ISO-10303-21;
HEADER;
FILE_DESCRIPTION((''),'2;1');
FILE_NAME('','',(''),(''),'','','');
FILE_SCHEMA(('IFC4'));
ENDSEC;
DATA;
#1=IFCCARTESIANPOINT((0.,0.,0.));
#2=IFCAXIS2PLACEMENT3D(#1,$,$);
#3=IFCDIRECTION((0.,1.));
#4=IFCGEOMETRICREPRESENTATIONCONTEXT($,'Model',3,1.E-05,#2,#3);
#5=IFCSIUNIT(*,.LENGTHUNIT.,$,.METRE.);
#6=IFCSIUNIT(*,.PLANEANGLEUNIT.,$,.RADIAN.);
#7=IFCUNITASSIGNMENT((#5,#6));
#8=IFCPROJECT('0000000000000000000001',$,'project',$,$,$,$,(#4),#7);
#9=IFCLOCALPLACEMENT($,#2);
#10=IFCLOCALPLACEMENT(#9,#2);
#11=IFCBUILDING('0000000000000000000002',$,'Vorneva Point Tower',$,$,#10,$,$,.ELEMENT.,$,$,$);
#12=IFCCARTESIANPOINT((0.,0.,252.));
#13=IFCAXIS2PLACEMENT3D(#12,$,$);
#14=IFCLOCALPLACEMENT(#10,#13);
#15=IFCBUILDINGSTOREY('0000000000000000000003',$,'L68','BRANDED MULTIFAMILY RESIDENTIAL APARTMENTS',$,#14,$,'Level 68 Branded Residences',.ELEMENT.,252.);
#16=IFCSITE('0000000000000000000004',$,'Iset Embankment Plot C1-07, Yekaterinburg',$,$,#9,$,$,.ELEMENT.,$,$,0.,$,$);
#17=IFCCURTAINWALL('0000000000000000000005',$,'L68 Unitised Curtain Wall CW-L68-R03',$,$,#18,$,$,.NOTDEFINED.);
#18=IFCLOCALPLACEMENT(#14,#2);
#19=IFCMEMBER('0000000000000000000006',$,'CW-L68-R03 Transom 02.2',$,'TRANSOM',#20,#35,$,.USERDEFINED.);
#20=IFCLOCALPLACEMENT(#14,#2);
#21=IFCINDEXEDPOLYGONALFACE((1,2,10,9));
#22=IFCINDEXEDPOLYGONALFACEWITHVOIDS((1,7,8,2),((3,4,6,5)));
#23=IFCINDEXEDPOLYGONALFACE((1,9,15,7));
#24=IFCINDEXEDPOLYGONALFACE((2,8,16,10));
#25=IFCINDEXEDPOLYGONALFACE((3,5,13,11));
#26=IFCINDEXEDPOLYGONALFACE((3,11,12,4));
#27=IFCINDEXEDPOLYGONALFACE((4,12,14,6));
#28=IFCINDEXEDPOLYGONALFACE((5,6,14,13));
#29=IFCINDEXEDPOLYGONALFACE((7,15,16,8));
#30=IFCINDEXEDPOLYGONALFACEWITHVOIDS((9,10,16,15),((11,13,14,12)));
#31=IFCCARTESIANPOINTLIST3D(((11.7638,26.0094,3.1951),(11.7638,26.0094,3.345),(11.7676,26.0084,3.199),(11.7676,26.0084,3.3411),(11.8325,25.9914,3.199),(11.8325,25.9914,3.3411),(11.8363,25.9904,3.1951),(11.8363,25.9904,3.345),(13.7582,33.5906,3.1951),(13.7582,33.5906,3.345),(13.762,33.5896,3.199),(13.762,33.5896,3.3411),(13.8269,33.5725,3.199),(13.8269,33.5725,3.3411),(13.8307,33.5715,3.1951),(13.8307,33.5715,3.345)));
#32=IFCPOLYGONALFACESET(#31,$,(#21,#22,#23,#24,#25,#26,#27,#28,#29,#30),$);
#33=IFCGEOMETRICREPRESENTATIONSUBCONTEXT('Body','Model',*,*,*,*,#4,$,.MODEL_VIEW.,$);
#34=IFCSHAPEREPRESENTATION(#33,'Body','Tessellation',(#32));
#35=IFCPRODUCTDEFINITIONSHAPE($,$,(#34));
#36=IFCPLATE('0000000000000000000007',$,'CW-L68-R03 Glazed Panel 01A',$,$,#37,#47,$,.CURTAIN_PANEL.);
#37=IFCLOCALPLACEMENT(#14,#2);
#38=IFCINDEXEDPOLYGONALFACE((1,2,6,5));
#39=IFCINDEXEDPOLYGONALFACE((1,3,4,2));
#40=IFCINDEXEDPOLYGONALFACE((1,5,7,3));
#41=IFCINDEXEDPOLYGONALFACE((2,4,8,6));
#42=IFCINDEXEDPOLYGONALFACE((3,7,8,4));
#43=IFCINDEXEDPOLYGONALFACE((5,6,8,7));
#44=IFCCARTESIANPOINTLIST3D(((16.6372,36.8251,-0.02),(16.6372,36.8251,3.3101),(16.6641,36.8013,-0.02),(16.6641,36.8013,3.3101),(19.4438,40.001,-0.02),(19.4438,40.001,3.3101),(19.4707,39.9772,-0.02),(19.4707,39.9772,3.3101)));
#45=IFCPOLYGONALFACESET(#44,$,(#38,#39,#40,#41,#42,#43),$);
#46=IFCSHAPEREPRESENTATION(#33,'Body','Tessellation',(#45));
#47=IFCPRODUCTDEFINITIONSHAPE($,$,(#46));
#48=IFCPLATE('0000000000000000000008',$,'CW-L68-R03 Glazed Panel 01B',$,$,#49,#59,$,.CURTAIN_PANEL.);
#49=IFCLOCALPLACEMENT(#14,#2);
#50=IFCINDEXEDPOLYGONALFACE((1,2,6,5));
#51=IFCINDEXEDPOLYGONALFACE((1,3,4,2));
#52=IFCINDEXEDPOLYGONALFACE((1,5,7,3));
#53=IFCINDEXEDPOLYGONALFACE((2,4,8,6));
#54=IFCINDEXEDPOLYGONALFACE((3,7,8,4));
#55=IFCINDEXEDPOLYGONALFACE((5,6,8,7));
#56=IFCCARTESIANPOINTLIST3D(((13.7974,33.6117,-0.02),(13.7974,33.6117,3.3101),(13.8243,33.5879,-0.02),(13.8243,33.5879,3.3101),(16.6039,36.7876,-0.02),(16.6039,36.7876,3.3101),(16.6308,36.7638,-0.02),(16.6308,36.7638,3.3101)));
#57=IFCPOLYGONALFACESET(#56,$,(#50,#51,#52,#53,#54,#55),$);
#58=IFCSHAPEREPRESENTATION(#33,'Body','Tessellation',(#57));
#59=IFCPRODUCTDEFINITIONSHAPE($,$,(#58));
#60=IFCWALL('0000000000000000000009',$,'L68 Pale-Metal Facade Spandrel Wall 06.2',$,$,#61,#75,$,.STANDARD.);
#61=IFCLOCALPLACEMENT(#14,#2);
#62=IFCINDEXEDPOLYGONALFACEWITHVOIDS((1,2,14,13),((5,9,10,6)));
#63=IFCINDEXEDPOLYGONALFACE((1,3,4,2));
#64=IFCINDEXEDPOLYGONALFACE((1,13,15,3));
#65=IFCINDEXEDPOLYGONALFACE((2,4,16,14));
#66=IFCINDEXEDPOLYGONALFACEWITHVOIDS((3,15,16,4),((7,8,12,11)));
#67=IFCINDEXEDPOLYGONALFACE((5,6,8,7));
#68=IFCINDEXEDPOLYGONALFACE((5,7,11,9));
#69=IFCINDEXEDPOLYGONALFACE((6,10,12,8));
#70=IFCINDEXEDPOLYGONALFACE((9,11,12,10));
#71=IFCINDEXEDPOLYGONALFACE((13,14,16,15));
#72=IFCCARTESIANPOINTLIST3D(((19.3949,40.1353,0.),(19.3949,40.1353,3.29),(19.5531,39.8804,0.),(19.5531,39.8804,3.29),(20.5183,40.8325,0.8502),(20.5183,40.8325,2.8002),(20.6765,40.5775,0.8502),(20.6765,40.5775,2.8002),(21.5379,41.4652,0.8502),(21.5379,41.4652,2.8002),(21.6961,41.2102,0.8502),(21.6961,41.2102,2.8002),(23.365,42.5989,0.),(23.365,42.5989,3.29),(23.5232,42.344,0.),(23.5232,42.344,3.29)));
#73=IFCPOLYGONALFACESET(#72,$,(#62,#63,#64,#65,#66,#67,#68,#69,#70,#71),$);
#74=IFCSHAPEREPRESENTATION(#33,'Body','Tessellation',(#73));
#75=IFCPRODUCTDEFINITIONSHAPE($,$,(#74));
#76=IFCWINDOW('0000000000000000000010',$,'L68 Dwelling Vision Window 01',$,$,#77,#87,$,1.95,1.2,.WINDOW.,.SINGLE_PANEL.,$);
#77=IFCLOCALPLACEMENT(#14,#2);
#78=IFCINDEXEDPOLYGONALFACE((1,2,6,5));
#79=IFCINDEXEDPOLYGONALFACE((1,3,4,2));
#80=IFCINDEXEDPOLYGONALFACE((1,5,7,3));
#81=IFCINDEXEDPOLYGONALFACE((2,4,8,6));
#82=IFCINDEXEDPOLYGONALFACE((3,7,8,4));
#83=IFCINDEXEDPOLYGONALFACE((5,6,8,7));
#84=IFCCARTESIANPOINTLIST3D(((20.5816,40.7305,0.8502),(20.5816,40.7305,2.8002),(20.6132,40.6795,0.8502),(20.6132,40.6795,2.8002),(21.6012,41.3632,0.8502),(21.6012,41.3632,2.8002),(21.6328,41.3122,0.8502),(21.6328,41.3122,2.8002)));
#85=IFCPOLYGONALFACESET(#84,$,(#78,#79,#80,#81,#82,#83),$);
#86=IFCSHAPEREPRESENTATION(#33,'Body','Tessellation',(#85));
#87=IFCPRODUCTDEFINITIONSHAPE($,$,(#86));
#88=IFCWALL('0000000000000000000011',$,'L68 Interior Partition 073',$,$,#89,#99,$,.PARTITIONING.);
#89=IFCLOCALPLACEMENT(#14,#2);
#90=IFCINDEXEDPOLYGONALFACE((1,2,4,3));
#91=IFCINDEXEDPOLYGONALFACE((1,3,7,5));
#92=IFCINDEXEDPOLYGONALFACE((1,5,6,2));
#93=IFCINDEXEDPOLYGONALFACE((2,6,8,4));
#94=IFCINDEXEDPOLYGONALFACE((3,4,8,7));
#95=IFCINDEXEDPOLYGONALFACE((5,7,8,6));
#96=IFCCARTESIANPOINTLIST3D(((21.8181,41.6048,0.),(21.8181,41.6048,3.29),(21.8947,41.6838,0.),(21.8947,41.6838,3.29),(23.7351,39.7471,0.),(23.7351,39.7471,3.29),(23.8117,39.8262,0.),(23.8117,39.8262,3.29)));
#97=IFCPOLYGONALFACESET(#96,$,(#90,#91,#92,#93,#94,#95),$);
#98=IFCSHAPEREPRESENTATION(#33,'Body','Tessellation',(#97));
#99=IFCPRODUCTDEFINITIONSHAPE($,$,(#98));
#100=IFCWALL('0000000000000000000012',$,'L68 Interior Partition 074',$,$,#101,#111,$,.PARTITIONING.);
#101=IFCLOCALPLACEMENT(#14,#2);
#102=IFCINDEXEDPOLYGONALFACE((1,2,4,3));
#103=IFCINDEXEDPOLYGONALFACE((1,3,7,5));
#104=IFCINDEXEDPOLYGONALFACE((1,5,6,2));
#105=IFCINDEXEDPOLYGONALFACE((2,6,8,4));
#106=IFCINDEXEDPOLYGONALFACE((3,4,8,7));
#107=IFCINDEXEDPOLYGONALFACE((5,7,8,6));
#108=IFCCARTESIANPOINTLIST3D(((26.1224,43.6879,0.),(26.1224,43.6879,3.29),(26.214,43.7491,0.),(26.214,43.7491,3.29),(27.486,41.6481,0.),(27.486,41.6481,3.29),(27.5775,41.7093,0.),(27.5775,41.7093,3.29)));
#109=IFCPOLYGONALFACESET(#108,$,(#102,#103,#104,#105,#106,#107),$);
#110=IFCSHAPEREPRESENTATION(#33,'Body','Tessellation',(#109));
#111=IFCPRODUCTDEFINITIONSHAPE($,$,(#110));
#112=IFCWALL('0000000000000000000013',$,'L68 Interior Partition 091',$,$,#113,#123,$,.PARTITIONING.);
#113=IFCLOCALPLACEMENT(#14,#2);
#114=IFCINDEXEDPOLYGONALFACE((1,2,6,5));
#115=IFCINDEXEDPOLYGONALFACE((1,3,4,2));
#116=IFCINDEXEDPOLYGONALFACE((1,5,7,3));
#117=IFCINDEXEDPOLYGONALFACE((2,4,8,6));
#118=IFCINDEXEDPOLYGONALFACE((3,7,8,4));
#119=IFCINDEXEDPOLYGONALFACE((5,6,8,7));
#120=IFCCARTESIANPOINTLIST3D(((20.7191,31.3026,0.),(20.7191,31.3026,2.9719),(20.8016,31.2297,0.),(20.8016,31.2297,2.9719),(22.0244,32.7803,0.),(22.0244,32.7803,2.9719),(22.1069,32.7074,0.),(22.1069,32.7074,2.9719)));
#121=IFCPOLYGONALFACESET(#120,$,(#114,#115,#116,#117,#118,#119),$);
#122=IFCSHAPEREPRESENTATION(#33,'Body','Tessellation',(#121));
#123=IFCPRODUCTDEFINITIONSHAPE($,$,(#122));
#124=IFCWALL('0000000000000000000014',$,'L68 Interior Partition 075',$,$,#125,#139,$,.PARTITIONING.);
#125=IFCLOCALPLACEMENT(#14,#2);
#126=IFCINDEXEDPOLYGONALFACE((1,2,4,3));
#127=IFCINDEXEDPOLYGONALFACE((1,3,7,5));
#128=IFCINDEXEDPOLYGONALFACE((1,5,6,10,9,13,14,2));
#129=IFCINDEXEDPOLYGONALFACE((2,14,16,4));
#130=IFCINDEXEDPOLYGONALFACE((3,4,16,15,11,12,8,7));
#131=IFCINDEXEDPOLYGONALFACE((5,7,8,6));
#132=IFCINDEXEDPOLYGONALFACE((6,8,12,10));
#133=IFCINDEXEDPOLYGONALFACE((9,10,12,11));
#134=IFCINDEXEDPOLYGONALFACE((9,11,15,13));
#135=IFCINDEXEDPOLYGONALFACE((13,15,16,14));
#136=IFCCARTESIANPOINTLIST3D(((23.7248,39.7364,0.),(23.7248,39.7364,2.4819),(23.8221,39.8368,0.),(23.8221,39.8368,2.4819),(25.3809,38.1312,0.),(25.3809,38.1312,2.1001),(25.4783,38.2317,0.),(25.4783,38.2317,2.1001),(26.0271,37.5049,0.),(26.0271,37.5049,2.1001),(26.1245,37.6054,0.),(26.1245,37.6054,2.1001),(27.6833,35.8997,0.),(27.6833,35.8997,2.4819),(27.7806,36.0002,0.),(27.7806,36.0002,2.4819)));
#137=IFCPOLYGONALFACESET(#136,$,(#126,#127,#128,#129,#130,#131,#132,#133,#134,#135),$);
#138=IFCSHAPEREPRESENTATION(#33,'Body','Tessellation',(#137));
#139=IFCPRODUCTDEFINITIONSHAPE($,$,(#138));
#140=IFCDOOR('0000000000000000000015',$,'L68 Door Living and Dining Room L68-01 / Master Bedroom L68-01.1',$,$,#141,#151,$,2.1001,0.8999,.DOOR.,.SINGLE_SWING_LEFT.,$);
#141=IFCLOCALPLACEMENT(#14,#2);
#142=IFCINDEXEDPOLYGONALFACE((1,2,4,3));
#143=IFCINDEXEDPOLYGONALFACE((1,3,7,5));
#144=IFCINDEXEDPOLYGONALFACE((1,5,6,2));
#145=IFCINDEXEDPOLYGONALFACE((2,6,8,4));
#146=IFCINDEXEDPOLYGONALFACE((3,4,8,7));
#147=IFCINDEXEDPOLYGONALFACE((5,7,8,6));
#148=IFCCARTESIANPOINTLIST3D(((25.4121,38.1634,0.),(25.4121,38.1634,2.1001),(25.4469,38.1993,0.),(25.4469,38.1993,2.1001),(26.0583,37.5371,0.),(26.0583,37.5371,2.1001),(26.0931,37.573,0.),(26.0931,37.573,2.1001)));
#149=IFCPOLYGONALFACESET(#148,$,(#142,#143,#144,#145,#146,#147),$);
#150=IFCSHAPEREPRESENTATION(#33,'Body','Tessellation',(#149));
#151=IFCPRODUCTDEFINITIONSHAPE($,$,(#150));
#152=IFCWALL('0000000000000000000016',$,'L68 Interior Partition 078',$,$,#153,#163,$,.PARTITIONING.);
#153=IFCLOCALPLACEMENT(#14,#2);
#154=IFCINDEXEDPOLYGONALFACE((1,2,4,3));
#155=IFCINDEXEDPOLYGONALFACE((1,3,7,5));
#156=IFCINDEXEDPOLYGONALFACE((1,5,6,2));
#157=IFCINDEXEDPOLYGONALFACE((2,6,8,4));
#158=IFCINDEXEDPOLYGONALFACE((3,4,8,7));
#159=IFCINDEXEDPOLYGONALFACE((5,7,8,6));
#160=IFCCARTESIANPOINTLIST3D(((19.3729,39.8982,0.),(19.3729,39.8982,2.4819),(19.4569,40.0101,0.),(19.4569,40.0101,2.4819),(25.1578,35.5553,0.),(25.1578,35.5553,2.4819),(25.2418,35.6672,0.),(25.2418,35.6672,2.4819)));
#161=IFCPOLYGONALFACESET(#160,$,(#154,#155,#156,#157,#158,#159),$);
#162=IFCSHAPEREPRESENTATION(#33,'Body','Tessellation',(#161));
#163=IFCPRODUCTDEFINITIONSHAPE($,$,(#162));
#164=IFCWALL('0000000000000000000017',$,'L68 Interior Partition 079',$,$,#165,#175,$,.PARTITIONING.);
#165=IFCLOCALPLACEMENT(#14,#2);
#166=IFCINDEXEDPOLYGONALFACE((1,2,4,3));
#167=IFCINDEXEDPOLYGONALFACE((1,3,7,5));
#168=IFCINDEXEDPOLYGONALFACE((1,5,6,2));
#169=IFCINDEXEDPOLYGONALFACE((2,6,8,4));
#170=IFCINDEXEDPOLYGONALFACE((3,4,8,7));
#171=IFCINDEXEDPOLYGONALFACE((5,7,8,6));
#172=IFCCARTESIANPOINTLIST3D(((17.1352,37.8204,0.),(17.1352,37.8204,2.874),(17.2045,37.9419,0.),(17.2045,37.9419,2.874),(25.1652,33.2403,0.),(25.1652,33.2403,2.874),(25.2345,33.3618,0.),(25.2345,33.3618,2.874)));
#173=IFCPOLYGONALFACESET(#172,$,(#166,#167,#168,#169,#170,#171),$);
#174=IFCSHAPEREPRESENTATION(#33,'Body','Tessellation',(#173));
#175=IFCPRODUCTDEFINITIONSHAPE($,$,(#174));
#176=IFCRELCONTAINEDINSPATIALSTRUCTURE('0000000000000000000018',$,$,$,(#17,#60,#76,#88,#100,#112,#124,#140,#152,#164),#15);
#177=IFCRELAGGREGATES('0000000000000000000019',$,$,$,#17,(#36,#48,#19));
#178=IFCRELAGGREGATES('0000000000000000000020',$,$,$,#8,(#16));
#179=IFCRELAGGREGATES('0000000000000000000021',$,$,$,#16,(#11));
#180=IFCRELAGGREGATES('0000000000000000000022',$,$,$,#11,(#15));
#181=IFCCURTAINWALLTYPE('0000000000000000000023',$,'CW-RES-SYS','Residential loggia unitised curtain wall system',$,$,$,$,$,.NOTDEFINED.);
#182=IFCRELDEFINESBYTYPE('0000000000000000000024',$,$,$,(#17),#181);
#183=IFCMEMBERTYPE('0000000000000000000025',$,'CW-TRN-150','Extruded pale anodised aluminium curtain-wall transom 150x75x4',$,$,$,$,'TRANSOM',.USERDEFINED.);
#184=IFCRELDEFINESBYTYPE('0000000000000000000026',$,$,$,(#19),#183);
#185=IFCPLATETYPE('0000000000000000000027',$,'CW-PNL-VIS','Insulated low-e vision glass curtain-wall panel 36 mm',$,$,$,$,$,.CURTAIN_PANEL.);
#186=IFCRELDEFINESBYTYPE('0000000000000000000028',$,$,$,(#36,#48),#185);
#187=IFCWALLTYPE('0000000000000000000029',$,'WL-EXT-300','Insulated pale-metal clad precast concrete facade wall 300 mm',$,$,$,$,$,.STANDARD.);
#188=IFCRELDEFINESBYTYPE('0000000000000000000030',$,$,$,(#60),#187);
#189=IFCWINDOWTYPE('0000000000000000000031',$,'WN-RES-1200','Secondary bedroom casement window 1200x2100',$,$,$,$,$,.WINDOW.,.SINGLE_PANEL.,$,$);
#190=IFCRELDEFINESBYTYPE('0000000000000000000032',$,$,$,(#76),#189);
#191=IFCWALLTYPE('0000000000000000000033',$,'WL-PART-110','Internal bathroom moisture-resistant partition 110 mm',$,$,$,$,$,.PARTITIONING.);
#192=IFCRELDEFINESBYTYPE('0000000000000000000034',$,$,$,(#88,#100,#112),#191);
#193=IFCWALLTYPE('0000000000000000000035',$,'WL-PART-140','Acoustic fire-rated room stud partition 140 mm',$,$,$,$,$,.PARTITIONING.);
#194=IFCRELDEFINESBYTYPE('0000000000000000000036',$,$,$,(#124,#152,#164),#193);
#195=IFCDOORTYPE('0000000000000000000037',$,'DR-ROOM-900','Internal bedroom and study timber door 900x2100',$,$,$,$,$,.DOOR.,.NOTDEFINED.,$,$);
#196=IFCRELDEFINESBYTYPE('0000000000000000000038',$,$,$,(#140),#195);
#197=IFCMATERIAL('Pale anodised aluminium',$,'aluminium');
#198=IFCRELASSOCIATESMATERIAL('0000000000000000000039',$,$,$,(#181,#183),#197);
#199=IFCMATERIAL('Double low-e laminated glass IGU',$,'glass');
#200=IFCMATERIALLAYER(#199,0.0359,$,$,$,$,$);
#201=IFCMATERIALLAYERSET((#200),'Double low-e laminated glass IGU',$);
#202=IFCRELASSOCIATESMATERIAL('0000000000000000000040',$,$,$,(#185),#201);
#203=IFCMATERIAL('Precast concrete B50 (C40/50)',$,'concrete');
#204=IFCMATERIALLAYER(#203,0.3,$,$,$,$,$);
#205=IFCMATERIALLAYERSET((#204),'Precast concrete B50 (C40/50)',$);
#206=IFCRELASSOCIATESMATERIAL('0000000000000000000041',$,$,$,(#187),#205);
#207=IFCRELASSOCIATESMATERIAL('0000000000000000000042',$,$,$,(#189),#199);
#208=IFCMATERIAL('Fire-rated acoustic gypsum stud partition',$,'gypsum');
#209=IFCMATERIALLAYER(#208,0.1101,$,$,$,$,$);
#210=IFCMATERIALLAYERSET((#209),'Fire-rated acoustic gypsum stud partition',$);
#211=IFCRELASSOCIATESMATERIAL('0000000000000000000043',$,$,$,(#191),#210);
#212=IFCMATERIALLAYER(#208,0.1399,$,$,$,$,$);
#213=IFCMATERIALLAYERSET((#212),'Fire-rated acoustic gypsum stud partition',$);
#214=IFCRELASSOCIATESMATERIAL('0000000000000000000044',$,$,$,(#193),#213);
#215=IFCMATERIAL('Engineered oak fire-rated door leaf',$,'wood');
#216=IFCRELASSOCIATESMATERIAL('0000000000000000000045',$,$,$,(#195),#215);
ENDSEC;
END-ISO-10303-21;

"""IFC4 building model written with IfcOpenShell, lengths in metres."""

from ifc_helpers import new_model, si_unit, direction, frame, frame_2d, origin, origin_2d, place, context, subcontext, project, spatial, rectangle, hollow_rectangle, extrude, material, layer, layer_set, material_profile, profile_set, type_object, element, fill, aggregate, save


model = new_model("IFC4")

# Units and contexts
model_context = context("Model", 3, precision=1e-05, world=origin(), true_north=direction((0.0, 1.0)))
body_context = subcontext(model_context, "Body", "Model", "MODEL_VIEW")
ifc_project = project(units=[si_unit("LENGTHUNIT", "METRE"), si_unit("PLANEANGLEUNIT", "RADIAN")], contexts=[model_context])

# Site, building, storey
site_placement = place(None, origin())
site = spatial("IfcSite", under=ifc_project, at=site_placement, Name="Iset Embankment Plot C1-07, Yekaterinburg", CompositionType="ELEMENT", RefElevation=0.0)
building_placement = place(site_placement, origin())
building = spatial("IfcBuilding", under=site, at=building_placement, Name="Vorneva Point Tower", CompositionType="ELEMENT")
storey_placement = place(building_placement, frame((0.0, 0.0, 252.0)))
storey = spatial("IfcBuildingStorey", under=building, at=storey_placement, Name="L68", Description="BRANDED MULTIFAMILY RESIDENTIAL APARTMENTS", LongName="Level 68 Branded Residences", CompositionType="ELEMENT", Elevation=252.0)

# Curtain wall, member, plates
ifc_material_1 = material(Name="Pale anodised aluminium", Category="aluminium")
curtain_wall_type = type_object("IfcCurtainWallType", Name="CW-RES-SYS", Description="Residential loggia unitised curtain wall system", PredefinedType="NOTDEFINED", material=ifc_material_1)
curtain_wall_placement = place(storey_placement, origin())
curtain_wall = element("IfcCurtainWall", 1, at=curtain_wall_placement, inside=storey, type_object=curtain_wall_type, Name="L68 Unitised Curtain Wall CW-L68-R03", PredefinedType="NOTDEFINED")
ifc_material_profile_1 = material_profile(ifc_material_1, hollow_rectangle(XDim=0.075, YDim=0.1499, WallThickness=0.0039, at=origin_2d()), Name="AL-TRN 150x75x4")
ifc_profile_set_1 = profile_set([ifc_material_profile_1], Name="Pale anodised aluminium")
member_type_1 = type_object("IfcMemberType", Name="CW-TRN-150", Description="Extruded pale anodised aluminium curtain-wall transom 150x75x4", ElementType="TRANSOM", PredefinedType="USERDEFINED", material=ifc_profile_set_1)
member_1_placement = place(storey_placement, frame((13.7944, 33.5811, 3.27), z_axis=(-0.254418, -0.967094, 0.0), x_axis=(0.967094, -0.254418, 0.0)))
member_1 = element("IfcMember", 2, at=member_1_placement, type_object=member_type_1, Name="CW-L68-R03 Transom 02.2", ObjectType="TRANSOM", PredefinedType="USERDEFINED", context=body_context, shape_type="SweptSolid", body=[
    extrude(hollow_rectangle(XDim=0.075, YDim=0.1499, WallThickness=0.0039, at=origin_2d()), origin(), (0.0, 0.0, 1.0), 7.8391),
])
ifc_material_2 = material(Name="Double low-e laminated glass IGU", Category="glass")
ifc_layer_1 = layer(ifc_material_2, 0.0359)
ifc_layer_set_1 = layer_set([ifc_layer_1], Name="Double low-e laminated glass IGU")
plate_type = type_object("IfcPlateType", Name="CW-PNL-VIS", Description="Insulated low-e vision glass curtain-wall panel 36 mm", PredefinedType="CURTAIN_PANEL", material=ifc_layer_set_1)
plate_1_placement = place(storey_placement, frame((18.054, 38.4011, -0.02), z_axis=(0.0, 0.0, 1.0), x_axis=(-0.662189, -0.749337, 0.0)))
plate_1 = element("IfcPlate", 3, at=plate_1_placement, type_object=plate_type, Name="CW-L68-R03 Glazed Panel 01A", PredefinedType="CURTAIN_PANEL", context=body_context, shape_type="SweptSolid", body=[
    extrude(rectangle(XDim=4.2383, YDim=0.0359, at=origin_2d()), origin(), (0.0, 0.0, 1.0), 3.3301),
])
plate_2_placement = place(storey_placement, frame((15.2141, 35.1877, -0.02), z_axis=(0.0, 0.0, 1.0), x_axis=(-0.662189, -0.749337, 0.0)))
plate_2 = element("IfcPlate", 4, at=plate_2_placement, type_object=plate_type, Name="CW-L68-R03 Glazed Panel 01B", PredefinedType="CURTAIN_PANEL", context=body_context, shape_type="SweptSolid", body=[
    extrude(rectangle(XDim=4.2383, YDim=0.0359, at=origin_2d()), origin(), (0.0, 0.0, 1.0), 3.3301),
])
aggregate(curtain_wall, [plate_1, plate_2, member_1])

# Wall, opening, window
ifc_material_3 = material(Name="Precast concrete B50 (C40/50)", Category="concrete")
ifc_layer_2 = layer(ifc_material_3, 0.3)
ifc_layer_set_2 = layer_set([ifc_layer_2], Name="Precast concrete B50 (C40/50)")
wall_type_1 = type_object("IfcWallType", Name="WL-EXT-300", Description="Insulated pale-metal clad precast concrete facade wall 300 mm", PredefinedType="STANDARD", material=ifc_layer_set_2)
wall_1_placement = place(storey_placement, frame((23.4441, 42.4714, 0.0), z_axis=(0.0, 0.0, 1.0), x_axis=(-0.849702, -0.527263, 0.0)))
wall_1 = element("IfcWall", 5, at=wall_1_placement, inside=storey, type_object=wall_type_1, Name="L68 Pale-Metal Facade Spandrel Wall 06.2", PredefinedType="STANDARD", context=body_context, shape_type="SweptSolid", body=[
    extrude(rectangle(XDim=4.6724, YDim=0.3, at=frame_2d((2.3362, 0.0))), origin(), (0.0, 0.0, 1.0), 3.29),
])
opening_1_placement = place(wall_1_placement, frame((2.1501, 0.0, 0.8501)))
opening_1 = element("IfcOpeningElement", 6, at=opening_1_placement, cuts=wall_1, PredefinedType="OPENING", context=body_context, shape_type="SweptSolid", body=[
    extrude(rectangle(XDim=1.2, YDim=1.95, at=frame_2d((0.6001, 0.9751))), frame((0.0, 0.165, 0.0), z_axis=(0.0, -1.0, 0.0), x_axis=(1.0, 0.0, 0.0)), (0.0, 0.0, 1.0), 0.3298),
])
window_type = type_object("IfcWindowType", Name="WN-RES-1200", Description="Secondary bedroom casement window 1200x2100", PartitioningType="SINGLE_PANEL", PredefinedType="WINDOW", material=ifc_material_2)
window_placement = place(opening_1_placement, origin())
window = element("IfcWindow", 7, at=window_placement, inside=storey, type_object=window_type, Name="L68 Dwelling Vision Window 01", OverallHeight=1.95, OverallWidth=1.2, PartitioningType="SINGLE_PANEL", PredefinedType="WINDOW", context=body_context, shape_type="SweptSolid", body=[
    extrude(rectangle(XDim=1.2, YDim=1.95, at=frame_2d((0.6001, 0.9751))), frame((0.0, 0.03, 0.0), z_axis=(0.0, -1.0, 0.0), x_axis=(1.0, 0.0, 0.0)), (0.0, 0.0, 1.0), 0.0601),
])
fill(opening_1, window)

# Walls
ifc_material_4 = material(Name="Fire-rated acoustic gypsum stud partition", Category="gypsum")
ifc_layer_3 = layer(ifc_material_4, 0.1101)
ifc_layer_set_3 = layer_set([ifc_layer_3], Name="Fire-rated acoustic gypsum stud partition")
wall_type_2 = type_object("IfcWallType", Name="WL-PART-110", Description="Internal bathroom moisture-resistant partition 110 mm", PredefinedType="PARTITIONING", material=ifc_layer_set_3)
wall_2_placement = place(storey_placement, frame((23.7734, 39.7866, 0.0), z_axis=(0.0, 0.0, 1.0), x_axis=(-0.718132, 0.695907, 0.0)))
element("IfcWall", 8, at=wall_2_placement, inside=storey, type_object=wall_type_2, Name="L68 Interior Partition 073", PredefinedType="PARTITIONING", context=body_context, shape_type="SweptSolid", body=[
    extrude(rectangle(XDim=2.6694, YDim=0.1101, at=frame_2d((1.3347, 0.0))), origin(), (0.0, 0.0, 1.0), 3.29),
])
wall_3_placement = place(storey_placement, frame((26.1682, 43.7185, 0.0), z_axis=(0.0, 0.0, 1.0), x_axis=(0.555733, -0.831361, 0.0)))
element("IfcWall", 9, at=wall_3_placement, inside=storey, type_object=wall_type_2, Name="L68 Interior Partition 074", PredefinedType="PARTITIONING", context=body_context, shape_type="SweptSolid", body=[
    extrude(rectangle(XDim=2.4536, YDim=0.1101, at=frame_2d((1.2268, 0.0))), origin(), (0.0, 0.0, 1.0), 3.29),
])
wall_4_placement = place(storey_placement, frame((22.0657, 32.7439, 0.0), z_axis=(0.0, 0.0, 1.0), x_axis=(-0.662047, -0.749462, 0.0)))
element("IfcWall", 10, at=wall_4_placement, inside=storey, type_object=wall_type_2, Name="L68 Interior Partition 091", PredefinedType="PARTITIONING", context=body_context, shape_type="SweptSolid", body=[
    extrude(rectangle(XDim=1.9717, YDim=0.1101, at=frame_2d((0.9858, 0.0))), origin(), (0.0, 0.0, 1.0), 2.9719),
])

# Wall, opening, door
ifc_layer_4 = layer(ifc_material_4, 0.1399)
ifc_layer_set_4 = layer_set([ifc_layer_4], Name="Fire-rated acoustic gypsum stud partition")
wall_type_3 = type_object("IfcWallType", Name="WL-PART-140", Description="Acoustic fire-rated room stud partition 140 mm", PredefinedType="PARTITIONING", material=ifc_layer_set_4)
wall_5_placement = place(storey_placement, frame((23.7734, 39.7866, 0.0), z_axis=(0.0, 0.0, 1.0), x_axis=(0.71807, -0.695971, 0.0)))
wall_5 = element("IfcWall", 11, at=wall_5_placement, inside=storey, type_object=wall_type_3, Name="L68 Interior Partition 075", PredefinedType="PARTITIONING", context=body_context, shape_type="SweptSolid", body=[
    extrude(rectangle(XDim=5.5127, YDim=0.1399, at=frame_2d((2.7563, 0.0))), origin(), (0.0, 0.0, 1.0), 2.4819),
])
opening_2_placement = place(wall_5_placement, frame((2.3064, 0.0, 0.0)))
opening_2 = element("IfcOpeningElement", 12, at=opening_2_placement, cuts=wall_5, PredefinedType="OPENING", context=body_context, shape_type="SweptSolid", body=[
    extrude(rectangle(XDim=0.8999, YDim=2.1001, at=frame_2d((0.45, 1.05))), frame((0.0, 0.085, 0.0), z_axis=(0.0, -1.0, 0.0), x_axis=(1.0, 0.0, 0.0)), (0.0, 0.0, 1.0), 0.1697),
])
ifc_material_5 = material(Name="Engineered oak fire-rated door leaf", Category="wood")
door_type_1 = type_object("IfcDoorType", Name="DR-ROOM-900", Description="Internal bedroom and study timber door 900x2100", OperationType="NOTDEFINED", PredefinedType="DOOR", material=ifc_material_5)
door_1_placement = place(opening_2_placement, origin())
door_1 = element("IfcDoor", 13, at=door_1_placement, inside=storey, type_object=door_type_1, Name="L68 Door Living and Dining Room L68-01 / Master Bedroom L68-01.1", OperationType="SINGLE_SWING_LEFT", OverallHeight=2.1001, OverallWidth=0.8999, PredefinedType="DOOR", context=body_context, shape_type="SweptSolid", body=[
    extrude(rectangle(XDim=0.8999, YDim=2.1001, at=frame_2d((0.45, 1.05))), frame((0.0, 0.0249, 0.0), z_axis=(0.0, -1.0, 0.0), x_axis=(1.0, 0.0, 0.0)), (0.0, 0.0, 1.0), 0.05),
])
fill(opening_2, door_1)

# Walls
wall_6_placement = place(storey_placement, frame((19.415, 39.9541, 0.0), z_axis=(0.0, 0.0, 1.0), x_axis=(0.799712, -0.600383, 0.0)))
element("IfcWall", 14, at=wall_6_placement, inside=storey, type_object=wall_type_3, Name="L68 Interior Partition 078", PredefinedType="PARTITIONING", context=body_context, shape_type="SweptSolid", body=[
    extrude(rectangle(XDim=7.2336, YDim=0.1399, at=frame_2d((3.6167, 0.0))), origin(), (0.0, 0.0, 1.0), 2.4819),
])
wall_7_placement = place(storey_placement, frame((17.1699, 37.8811, 0.0), z_axis=(0.0, 0.0, 1.0), x_axis=(0.868639, -0.495445, 0.0)))
element("IfcWall", 15, at=wall_7_placement, inside=storey, type_object=wall_type_3, Name="L68 Interior Partition 079", PredefinedType="PARTITIONING", context=body_context, shape_type="SweptSolid", body=[
    extrude(rectangle(XDim=9.2444, YDim=0.1399, at=frame_2d((4.6221, 0.0))), origin(), (0.0, 0.0, 1.0), 2.874),
])

save(model, "model.ifc")
